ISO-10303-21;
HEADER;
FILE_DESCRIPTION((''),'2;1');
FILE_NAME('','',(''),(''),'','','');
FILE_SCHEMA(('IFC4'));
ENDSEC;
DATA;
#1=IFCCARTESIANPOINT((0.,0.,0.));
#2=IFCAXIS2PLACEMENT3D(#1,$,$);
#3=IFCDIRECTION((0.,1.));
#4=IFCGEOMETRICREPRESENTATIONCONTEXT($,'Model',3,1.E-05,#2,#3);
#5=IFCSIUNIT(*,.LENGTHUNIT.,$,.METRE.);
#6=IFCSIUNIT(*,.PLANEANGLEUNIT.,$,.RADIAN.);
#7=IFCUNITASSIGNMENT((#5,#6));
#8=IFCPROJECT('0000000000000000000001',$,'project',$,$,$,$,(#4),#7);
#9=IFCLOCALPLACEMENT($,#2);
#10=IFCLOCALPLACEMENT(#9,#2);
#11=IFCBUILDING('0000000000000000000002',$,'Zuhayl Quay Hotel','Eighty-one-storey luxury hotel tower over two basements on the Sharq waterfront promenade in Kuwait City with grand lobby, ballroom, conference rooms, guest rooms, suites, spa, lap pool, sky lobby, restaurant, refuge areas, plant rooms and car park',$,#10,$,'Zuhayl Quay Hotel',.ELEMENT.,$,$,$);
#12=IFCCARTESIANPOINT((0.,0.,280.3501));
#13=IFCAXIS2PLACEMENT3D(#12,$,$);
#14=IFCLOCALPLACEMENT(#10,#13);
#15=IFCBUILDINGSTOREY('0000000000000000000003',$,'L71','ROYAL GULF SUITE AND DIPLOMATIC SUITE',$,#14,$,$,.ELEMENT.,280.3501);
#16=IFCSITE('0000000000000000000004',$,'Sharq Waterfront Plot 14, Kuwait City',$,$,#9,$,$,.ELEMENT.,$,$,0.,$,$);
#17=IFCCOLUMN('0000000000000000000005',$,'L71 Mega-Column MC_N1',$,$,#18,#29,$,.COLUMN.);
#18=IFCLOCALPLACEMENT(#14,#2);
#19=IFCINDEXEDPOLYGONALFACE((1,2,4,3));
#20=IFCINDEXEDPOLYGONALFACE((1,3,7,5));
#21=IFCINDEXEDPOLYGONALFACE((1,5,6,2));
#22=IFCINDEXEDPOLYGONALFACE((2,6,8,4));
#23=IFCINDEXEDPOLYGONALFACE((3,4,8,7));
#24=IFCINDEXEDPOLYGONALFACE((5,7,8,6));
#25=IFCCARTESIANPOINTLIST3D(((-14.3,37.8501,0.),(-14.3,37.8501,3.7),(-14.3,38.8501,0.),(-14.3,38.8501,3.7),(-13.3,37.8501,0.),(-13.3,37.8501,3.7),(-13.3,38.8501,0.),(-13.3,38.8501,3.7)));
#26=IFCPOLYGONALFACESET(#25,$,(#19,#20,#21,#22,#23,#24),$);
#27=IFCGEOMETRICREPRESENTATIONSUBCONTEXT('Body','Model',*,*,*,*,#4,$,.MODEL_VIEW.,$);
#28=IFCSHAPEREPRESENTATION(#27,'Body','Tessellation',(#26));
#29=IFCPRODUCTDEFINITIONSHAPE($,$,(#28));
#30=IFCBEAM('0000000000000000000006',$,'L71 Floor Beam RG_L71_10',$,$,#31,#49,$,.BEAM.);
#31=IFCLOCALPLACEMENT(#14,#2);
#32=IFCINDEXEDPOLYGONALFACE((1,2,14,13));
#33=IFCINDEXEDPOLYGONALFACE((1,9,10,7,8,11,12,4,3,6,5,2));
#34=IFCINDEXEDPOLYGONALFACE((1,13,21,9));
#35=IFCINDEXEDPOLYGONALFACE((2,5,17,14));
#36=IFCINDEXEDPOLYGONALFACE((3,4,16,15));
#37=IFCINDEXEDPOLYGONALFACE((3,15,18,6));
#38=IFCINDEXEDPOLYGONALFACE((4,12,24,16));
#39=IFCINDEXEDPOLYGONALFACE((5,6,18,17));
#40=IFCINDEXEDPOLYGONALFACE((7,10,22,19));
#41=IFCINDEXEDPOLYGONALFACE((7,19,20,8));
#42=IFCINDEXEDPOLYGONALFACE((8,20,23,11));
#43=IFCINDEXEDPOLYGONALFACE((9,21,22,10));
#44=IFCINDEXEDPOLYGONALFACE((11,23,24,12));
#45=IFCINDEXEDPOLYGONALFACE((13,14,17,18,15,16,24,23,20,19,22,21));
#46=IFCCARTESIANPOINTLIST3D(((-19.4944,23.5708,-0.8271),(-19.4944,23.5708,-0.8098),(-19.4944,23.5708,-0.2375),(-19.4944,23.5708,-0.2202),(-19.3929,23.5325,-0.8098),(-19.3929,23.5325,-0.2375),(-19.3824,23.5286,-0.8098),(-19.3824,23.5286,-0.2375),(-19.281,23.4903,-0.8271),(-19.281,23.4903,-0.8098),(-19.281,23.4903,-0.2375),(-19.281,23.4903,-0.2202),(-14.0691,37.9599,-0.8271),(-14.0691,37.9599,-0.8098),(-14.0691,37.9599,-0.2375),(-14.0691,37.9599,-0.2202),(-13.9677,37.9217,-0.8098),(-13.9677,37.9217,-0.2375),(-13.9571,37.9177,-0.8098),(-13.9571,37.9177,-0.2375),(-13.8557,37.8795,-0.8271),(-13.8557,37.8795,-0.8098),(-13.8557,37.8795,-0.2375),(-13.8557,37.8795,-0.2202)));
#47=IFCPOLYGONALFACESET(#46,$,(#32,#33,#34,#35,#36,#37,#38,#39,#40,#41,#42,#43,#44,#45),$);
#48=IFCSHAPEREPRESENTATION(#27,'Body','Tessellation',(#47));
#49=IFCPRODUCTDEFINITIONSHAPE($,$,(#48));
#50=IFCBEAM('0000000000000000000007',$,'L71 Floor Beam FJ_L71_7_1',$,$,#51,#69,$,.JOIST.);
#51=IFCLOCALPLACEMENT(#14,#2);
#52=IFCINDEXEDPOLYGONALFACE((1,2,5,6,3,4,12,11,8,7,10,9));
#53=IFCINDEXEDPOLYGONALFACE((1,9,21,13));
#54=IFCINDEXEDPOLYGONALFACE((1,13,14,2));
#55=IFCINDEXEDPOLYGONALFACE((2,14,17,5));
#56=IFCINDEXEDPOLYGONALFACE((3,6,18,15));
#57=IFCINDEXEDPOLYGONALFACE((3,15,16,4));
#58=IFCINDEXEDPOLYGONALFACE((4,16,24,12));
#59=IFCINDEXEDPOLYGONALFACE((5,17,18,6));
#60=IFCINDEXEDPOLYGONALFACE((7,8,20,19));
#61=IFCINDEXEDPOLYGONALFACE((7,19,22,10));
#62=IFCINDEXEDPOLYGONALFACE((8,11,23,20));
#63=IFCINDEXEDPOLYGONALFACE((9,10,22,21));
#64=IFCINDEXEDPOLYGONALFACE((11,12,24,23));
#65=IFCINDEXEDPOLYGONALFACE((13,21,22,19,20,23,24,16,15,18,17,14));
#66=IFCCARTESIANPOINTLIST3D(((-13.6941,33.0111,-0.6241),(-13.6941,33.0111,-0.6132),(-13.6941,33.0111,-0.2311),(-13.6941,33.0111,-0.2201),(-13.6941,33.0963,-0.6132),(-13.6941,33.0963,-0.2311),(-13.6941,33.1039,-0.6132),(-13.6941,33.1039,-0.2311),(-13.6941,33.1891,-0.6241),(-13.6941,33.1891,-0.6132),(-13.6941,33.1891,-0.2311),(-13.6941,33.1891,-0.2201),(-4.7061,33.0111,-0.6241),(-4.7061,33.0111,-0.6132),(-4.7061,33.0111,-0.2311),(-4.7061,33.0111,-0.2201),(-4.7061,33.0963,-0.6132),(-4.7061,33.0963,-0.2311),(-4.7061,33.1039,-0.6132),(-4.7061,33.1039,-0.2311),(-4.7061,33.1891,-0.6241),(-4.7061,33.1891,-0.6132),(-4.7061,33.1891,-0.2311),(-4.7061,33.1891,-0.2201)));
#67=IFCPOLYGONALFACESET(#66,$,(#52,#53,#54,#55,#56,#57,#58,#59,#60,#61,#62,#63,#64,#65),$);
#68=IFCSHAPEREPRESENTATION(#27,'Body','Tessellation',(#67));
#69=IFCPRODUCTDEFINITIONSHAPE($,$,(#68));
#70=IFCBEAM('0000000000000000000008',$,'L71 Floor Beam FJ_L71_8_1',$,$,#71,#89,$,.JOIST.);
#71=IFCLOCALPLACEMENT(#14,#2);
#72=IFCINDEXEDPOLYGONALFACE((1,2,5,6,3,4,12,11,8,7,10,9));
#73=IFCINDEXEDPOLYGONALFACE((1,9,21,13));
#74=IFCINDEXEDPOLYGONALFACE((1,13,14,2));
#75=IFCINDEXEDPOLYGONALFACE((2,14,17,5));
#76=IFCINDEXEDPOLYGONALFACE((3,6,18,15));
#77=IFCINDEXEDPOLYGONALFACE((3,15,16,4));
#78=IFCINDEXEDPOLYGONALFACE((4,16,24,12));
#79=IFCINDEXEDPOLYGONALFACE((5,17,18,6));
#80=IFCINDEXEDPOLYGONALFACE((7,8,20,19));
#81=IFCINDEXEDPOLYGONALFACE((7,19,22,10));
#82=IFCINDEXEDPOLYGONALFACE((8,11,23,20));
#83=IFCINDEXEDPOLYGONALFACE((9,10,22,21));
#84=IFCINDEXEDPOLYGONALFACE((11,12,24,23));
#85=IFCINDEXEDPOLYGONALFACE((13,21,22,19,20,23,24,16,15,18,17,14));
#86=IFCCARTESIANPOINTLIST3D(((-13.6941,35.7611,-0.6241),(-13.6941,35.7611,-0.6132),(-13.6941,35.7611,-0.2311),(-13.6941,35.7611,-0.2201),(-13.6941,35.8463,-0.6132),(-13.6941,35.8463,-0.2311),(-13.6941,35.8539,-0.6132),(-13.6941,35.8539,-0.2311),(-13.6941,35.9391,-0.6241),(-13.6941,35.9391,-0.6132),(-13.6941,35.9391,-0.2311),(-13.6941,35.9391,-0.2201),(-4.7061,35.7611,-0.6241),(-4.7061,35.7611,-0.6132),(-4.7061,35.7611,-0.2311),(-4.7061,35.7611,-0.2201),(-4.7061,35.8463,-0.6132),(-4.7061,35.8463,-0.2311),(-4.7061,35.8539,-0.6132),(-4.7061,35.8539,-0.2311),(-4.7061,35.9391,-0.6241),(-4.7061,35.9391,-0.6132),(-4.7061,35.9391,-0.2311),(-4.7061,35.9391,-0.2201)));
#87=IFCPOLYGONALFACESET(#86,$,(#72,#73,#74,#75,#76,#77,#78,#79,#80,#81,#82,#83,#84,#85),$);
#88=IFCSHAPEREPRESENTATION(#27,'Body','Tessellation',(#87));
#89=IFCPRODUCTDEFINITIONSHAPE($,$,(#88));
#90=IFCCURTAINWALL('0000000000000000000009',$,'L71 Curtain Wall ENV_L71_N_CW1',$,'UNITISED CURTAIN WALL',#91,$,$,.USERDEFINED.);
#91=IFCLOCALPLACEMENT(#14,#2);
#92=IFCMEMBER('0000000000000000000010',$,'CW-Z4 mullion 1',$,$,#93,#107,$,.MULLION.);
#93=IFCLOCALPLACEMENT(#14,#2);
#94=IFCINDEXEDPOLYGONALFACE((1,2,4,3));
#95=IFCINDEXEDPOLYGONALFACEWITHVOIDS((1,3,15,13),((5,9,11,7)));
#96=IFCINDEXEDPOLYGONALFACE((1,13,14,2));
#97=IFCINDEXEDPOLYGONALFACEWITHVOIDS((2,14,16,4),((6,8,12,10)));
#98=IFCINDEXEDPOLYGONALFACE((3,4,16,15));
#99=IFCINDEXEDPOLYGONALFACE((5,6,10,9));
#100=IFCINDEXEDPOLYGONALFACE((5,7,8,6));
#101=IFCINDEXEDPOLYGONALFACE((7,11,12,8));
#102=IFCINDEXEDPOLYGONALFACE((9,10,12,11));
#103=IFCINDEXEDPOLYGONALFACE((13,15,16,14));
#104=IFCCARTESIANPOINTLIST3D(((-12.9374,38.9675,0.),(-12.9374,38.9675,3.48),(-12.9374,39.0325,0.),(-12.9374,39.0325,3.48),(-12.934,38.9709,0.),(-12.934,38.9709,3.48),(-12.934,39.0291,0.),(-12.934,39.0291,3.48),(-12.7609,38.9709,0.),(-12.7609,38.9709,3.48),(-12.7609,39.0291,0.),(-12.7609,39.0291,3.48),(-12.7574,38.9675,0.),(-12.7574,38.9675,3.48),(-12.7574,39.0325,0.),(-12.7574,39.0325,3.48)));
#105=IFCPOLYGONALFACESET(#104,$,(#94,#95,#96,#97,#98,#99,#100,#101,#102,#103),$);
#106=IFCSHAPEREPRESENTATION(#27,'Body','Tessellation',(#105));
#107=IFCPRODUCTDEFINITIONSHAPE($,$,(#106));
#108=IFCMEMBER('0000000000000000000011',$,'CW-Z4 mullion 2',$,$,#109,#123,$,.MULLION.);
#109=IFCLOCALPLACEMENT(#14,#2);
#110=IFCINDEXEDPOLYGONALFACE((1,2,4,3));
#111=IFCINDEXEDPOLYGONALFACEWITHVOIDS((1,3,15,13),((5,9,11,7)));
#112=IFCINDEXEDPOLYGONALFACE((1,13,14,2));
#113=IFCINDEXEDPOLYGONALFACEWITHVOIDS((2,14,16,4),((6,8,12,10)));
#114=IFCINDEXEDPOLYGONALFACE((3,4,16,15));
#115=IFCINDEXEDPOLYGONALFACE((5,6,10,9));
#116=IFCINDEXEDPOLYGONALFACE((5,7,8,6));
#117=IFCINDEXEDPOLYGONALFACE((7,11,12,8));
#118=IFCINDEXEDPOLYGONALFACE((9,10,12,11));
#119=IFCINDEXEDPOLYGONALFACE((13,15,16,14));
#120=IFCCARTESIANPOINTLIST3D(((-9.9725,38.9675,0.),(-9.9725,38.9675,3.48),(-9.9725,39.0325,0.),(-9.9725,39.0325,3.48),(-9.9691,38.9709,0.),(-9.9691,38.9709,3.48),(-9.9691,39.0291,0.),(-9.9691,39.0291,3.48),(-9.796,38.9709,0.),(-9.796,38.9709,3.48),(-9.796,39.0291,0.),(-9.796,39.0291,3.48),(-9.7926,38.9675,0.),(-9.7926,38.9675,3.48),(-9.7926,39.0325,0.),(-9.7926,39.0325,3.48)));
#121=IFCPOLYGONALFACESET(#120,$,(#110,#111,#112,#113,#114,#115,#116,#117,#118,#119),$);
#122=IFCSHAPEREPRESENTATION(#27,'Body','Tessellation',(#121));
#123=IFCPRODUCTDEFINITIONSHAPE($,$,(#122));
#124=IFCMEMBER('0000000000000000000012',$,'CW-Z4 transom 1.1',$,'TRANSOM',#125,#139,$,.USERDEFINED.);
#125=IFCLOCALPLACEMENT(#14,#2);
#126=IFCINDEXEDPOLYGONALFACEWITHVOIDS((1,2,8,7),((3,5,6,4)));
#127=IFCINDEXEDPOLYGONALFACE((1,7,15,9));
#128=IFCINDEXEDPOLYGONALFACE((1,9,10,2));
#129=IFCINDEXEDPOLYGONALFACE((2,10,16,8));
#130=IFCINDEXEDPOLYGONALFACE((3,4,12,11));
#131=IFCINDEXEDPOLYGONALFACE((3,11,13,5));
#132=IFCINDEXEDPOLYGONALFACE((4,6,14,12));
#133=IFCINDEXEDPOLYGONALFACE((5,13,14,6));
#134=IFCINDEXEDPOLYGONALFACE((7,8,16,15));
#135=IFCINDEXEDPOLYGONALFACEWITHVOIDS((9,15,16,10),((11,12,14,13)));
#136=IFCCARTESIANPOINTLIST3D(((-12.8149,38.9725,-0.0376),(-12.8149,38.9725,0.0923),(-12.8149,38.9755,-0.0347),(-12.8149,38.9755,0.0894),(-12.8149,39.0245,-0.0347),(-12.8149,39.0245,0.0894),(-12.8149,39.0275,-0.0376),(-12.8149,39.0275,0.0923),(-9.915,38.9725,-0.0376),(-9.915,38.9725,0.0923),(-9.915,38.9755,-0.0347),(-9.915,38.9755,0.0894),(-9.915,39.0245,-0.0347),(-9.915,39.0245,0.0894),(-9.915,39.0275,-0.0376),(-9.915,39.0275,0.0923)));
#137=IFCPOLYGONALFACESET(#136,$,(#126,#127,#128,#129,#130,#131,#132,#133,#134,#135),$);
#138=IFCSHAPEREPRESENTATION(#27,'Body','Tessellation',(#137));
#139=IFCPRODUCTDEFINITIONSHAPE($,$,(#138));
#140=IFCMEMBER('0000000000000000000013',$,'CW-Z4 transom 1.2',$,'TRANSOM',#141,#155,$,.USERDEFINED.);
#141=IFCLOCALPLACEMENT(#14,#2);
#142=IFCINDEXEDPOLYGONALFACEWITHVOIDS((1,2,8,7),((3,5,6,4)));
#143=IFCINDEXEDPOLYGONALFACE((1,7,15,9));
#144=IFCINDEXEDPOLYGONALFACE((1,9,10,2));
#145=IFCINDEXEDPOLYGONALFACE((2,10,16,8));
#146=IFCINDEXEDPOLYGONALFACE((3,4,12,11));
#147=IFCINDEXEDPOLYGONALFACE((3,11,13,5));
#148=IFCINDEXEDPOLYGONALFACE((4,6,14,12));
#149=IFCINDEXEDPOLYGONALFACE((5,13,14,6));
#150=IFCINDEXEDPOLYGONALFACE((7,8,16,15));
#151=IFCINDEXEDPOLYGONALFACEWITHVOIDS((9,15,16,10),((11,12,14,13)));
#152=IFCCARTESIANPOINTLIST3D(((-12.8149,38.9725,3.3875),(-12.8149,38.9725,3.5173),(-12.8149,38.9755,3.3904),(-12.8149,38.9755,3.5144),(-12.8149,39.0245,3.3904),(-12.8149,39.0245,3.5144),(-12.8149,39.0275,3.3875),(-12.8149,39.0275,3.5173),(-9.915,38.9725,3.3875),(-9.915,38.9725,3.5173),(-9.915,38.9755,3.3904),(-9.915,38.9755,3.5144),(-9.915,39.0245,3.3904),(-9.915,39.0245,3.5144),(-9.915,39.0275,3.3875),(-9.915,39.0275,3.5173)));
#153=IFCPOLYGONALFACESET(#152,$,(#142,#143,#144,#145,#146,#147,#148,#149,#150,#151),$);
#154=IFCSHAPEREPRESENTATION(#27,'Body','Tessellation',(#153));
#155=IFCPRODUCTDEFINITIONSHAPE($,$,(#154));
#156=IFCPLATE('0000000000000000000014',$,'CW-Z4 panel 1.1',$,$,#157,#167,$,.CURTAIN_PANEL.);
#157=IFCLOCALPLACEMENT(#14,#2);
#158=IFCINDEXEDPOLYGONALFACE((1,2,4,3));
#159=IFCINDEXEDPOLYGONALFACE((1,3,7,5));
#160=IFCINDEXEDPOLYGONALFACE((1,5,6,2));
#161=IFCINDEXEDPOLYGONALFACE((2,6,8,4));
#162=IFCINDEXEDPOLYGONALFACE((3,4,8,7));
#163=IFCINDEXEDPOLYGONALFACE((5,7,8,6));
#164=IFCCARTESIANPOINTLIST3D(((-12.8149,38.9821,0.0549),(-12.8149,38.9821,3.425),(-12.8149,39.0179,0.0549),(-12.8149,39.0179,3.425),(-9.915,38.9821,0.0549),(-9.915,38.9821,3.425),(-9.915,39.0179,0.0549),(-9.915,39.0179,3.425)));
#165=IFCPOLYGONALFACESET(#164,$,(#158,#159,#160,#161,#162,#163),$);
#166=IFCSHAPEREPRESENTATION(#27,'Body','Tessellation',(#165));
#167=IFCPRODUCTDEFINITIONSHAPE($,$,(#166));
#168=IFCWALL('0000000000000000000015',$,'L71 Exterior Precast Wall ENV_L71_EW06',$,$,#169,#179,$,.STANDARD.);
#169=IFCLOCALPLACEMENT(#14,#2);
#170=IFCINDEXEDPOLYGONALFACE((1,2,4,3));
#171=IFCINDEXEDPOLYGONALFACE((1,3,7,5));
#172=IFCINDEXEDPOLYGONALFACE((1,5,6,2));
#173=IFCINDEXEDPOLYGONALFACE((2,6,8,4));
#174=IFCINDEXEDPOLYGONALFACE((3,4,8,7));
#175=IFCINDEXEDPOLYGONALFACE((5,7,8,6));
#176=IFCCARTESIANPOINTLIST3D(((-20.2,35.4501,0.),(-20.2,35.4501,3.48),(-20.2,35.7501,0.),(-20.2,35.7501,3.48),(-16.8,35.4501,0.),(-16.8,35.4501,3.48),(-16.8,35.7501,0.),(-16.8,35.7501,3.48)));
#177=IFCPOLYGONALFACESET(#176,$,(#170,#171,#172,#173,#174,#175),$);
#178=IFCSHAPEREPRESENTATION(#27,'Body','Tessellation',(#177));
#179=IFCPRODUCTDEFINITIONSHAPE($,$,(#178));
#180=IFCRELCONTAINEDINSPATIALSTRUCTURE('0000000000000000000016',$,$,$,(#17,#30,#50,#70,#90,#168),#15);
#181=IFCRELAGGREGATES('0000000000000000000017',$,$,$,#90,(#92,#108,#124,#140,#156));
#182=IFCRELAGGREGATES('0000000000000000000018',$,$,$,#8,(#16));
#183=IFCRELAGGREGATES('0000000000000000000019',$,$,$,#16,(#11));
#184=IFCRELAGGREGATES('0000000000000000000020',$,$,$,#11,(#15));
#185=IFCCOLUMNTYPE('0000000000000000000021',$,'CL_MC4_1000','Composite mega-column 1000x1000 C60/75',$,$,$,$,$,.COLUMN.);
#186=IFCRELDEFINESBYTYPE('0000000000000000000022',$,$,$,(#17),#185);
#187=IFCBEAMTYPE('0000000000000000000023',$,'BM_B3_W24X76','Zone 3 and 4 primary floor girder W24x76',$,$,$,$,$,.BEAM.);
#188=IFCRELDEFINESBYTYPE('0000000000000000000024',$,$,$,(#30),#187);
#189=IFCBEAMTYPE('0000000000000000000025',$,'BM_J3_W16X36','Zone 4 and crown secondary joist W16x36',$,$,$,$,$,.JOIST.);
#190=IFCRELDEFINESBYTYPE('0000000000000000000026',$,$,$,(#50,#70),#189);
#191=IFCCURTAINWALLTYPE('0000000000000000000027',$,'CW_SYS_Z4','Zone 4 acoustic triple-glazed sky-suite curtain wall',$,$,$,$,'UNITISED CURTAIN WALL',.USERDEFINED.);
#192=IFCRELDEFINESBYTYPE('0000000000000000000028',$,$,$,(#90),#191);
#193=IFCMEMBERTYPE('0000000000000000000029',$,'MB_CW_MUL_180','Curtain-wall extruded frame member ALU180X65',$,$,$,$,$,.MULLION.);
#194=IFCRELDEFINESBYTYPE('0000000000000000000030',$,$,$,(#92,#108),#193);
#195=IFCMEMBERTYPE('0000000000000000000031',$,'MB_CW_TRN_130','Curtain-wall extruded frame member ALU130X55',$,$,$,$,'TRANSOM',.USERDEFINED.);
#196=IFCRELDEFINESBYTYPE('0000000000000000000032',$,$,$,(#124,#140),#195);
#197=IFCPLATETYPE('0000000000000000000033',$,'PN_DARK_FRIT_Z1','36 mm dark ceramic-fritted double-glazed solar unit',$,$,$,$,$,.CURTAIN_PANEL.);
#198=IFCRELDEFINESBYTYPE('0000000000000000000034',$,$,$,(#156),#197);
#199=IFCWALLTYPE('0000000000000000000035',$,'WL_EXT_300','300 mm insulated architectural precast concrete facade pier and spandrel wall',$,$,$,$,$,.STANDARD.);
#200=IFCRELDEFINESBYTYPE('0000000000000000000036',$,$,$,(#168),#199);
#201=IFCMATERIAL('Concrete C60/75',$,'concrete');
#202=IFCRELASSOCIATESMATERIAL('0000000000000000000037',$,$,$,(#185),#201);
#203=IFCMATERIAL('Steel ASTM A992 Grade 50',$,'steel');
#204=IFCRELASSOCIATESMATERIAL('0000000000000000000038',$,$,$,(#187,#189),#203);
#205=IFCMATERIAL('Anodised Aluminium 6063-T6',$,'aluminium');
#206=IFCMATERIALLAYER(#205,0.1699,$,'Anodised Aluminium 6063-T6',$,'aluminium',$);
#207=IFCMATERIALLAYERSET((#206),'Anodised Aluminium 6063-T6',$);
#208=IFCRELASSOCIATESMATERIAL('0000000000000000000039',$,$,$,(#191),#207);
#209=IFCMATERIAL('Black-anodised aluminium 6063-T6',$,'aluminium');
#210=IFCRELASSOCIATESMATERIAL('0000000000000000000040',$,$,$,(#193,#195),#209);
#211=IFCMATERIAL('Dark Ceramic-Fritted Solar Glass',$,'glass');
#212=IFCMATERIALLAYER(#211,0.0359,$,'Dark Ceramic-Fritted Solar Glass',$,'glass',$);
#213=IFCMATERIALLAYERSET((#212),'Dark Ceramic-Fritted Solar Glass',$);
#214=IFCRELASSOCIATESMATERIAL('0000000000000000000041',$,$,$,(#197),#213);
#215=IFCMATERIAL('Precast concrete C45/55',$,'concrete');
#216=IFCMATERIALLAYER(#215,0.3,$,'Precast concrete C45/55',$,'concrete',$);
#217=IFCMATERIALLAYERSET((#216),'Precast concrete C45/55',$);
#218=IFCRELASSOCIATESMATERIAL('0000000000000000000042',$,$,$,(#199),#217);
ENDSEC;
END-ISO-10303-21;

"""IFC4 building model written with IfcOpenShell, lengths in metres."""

from ifc_helpers import new_model, si_unit, direction, frame, frame_2d, origin, origin_2d, place, context, subcontext, project, spatial, rectangle, hollow_rectangle, i_section, extrude, material, layer, layer_set, material_profile, profile_set, type_object, element, aggregate, save


model = new_model("IFC4")

# Units and contexts
model_context = context("Model", 3, precision=1e-05, world=origin(), true_north=direction((0.0, 1.0)))
body_context = subcontext(model_context, "Body", "Model", "MODEL_VIEW")
ifc_project = project(units=[si_unit("LENGTHUNIT", "METRE"), si_unit("PLANEANGLEUNIT", "RADIAN")], contexts=[model_context])

# Site, building, storey
site_placement = place(None, origin())
site = spatial("IfcSite", under=ifc_project, at=site_placement, Name="Sharq Waterfront Plot 14, Kuwait City", CompositionType="ELEMENT", RefElevation=0.0)
building_placement = place(site_placement, origin())
building = spatial("IfcBuilding", under=site, at=building_placement, Name="Zuhayl Quay Hotel", Description="Eighty-one-storey luxury hotel tower over two basements on the Sharq waterfront promenade in Kuwait City with grand lobby, ballroom, conference rooms, guest rooms, suites, spa, lap pool, sky lobby, restaurant, refuge areas, plant rooms and car park", LongName="Zuhayl Quay Hotel", CompositionType="ELEMENT")
storey_placement = place(building_placement, frame((0.0, 0.0, 280.3501)))
storey = spatial("IfcBuildingStorey", under=building, at=storey_placement, Name="L71", Description="ROYAL GULF SUITE AND DIPLOMATIC SUITE", CompositionType="ELEMENT", Elevation=280.3501)

# Column
ifc_material_1 = material(Name="Concrete C60/75", Category="concrete")
ifc_material_profile_1 = material_profile(ifc_material_1, rectangle(XDim=1.0, YDim=1.0, at=origin_2d()), Name="RC1000X1000")
ifc_profile_set_1 = profile_set([ifc_material_profile_1], Name="Concrete C60/75")
column_type = type_object("IfcColumnType", Name="CL_MC4_1000", Description="Composite mega-column 1000x1000 C60/75", PredefinedType="COLUMN", material=ifc_profile_set_1)
column_placement = place(storey_placement, frame((-13.8, 38.3501, 0.0), z_axis=(0.0, 0.0, 1.0), x_axis=(1.0, 0.0, 0.0)))
element("IfcColumn", 1, at=column_placement, inside=storey, type_object=column_type, Name="L71 Mega-Column MC_N1", PredefinedType="COLUMN", context=body_context, shape_type="SweptSolid", body=[
    extrude(rectangle(XDim=1.0, YDim=1.0, at=origin_2d()), origin(), (0.0, 0.0, 1.0), 3.7),
])

# Beams
ifc_material_2 = material(Name="Steel ASTM A992 Grade 50", Category="steel")
ifc_material_profile_2 = material_profile(ifc_material_2, i_section(OverallWidth=0.228, OverallDepth=0.6069, WebThickness=0.0112, FlangeThickness=0.0173, at=origin_2d()), Name="W24X76")
ifc_profile_set_2 = profile_set([ifc_material_profile_2], Name="Steel ASTM A992 Grade 50")
beam_type_1 = type_object("IfcBeamType", Name="BM_B3_W24X76", Description="Zone 3 and 4 primary floor girder W24x76", PredefinedType="BEAM", material=ifc_profile_set_2)
beam_placement = place(storey_placement, frame((-13.9624, 37.9197, -0.5237), z_axis=(-0.352797, -0.9357, 0.0), x_axis=(0.9357, -0.352797, 0.0)))
element("IfcBeam", 2, at=beam_placement, inside=storey, type_object=beam_type_1, Name="L71 Floor Beam RG_L71_10", PredefinedType="BEAM", context=body_context, shape_type="SweptSolid", body=[
    extrude(i_section(OverallWidth=0.228, OverallDepth=0.6069, WebThickness=0.0112, FlangeThickness=0.0173, at=origin_2d()), origin(), (0.0, 0.0, 1.0), 15.3779),
])
ifc_material_profile_3 = material_profile(ifc_material_2, i_section(OverallWidth=0.178, OverallDepth=0.4041, WebThickness=0.0076, FlangeThickness=0.011, at=origin_2d()), Name="W16X36")
ifc_profile_set_3 = profile_set([ifc_material_profile_3], Name="Steel ASTM A992 Grade 50")
beam_type_2 = type_object("IfcBeamType", Name="BM_J3_W16X36", Description="Zone 4 and crown secondary joist W16x36", PredefinedType="JOIST", material=ifc_profile_set_3)
for number, where, z_axis, x_axis, name in (
    (3, (-13.6941, 33.1001, -0.4221), (1.0, 0.0, 0.0), (0.0, 1.0, 0.0), "L71 Floor Beam FJ_L71_7_1"),
    (4, (-13.6941, 35.8501, -0.4221), (1.0, 0.0, 0.0), (0.0, 1.0, 0.0), "L71 Floor Beam FJ_L71_8_1"),
):
    element("IfcBeam", number, at=place(storey_placement, frame(where, z_axis=z_axis, x_axis=x_axis)), inside=storey, type_object=beam_type_2, Name=name, PredefinedType="JOIST", context=body_context, shape_type="SweptSolid", body=[
        extrude(i_section(OverallWidth=0.178, OverallDepth=0.4041, WebThickness=0.0076, FlangeThickness=0.011, at=origin_2d()), origin(), (0.0, 0.0, 1.0), 8.988),
    ])

# Curtain wall, members, plate
ifc_material_3 = material(Name="Anodised Aluminium 6063-T6", Category="aluminium")
ifc_layer_1 = layer(ifc_material_3, 0.1699, Name="Anodised Aluminium 6063-T6", Category="aluminium")
ifc_layer_set_1 = layer_set([ifc_layer_1], Name="Anodised Aluminium 6063-T6")
curtain_wall_type = type_object("IfcCurtainWallType", Name="CW_SYS_Z4", Description="Zone 4 acoustic triple-glazed sky-suite curtain wall", ElementType="UNITISED CURTAIN WALL", PredefinedType="USERDEFINED", material=ifc_layer_set_1)
curtain_wall_placement = place(storey_placement, origin())
curtain_wall = element("IfcCurtainWall", 5, at=curtain_wall_placement, inside=storey, type_object=curtain_wall_type, Name="L71 Curtain Wall ENV_L71_N_CW1", ObjectType="UNITISED CURTAIN WALL", PredefinedType="USERDEFINED")
ifc_material_4 = material(Name="Black-anodised aluminium 6063-T6", Category="aluminium")
ifc_material_profile_4 = material_profile(ifc_material_4, hollow_rectangle(XDim=0.0649, YDim=0.1799, WallThickness=0.0034, at=origin_2d()), Name="ALU180X65")
ifc_profile_set_4 = profile_set([ifc_material_profile_4], Name="Black-anodised aluminium 6063-T6")
member_type_1 = type_object("IfcMemberType", Name="MB_CW_MUL_180", Description="Curtain-wall extruded frame member ALU180X65", PredefinedType="MULLION", material=ifc_profile_set_4)
member_1_placement = place(storey_placement, frame((-12.8474, 39.0, 0.0), z_axis=(0.0, 0.0, 1.0), x_axis=(0.0, 1.0, 0.0)))
member_1 = element("IfcMember", 6, at=member_1_placement, type_object=member_type_1, Name="CW-Z4 mullion 1", PredefinedType="MULLION", context=body_context, shape_type="SweptSolid", body=[
    extrude(hollow_rectangle(XDim=0.0649, YDim=0.1799, WallThickness=0.0034, at=origin_2d()), origin(), (0.0, 0.0, 1.0), 3.48),
])
member_2_placement = place(storey_placement, frame((-9.8826, 39.0, 0.0), z_axis=(0.0, 0.0, 1.0), x_axis=(0.0, 1.0, 0.0)))
member_2 = element("IfcMember", 7, at=member_2_placement, type_object=member_type_1, Name="CW-Z4 mullion 2", PredefinedType="MULLION", context=body_context, shape_type="SweptSolid", body=[
    extrude(hollow_rectangle(XDim=0.0649, YDim=0.1799, WallThickness=0.0034, at=origin_2d()), origin(), (0.0, 0.0, 1.0), 3.48),
])
ifc_material_profile_5 = material_profile(ifc_material_4, hollow_rectangle(XDim=0.0549, YDim=0.1299, WallThickness=0.0029, at=origin_2d()), Name="ALU130X55")
ifc_profile_set_5 = profile_set([ifc_material_profile_5], Name="Black-anodised aluminium 6063-T6")
member_type_2 = type_object("IfcMemberType", Name="MB_CW_TRN_130", Description="Curtain-wall extruded frame member ALU130X55", ElementType="TRANSOM", PredefinedType="USERDEFINED", material=ifc_profile_set_5)
member_3_placement = place(storey_placement, frame((-12.8149, 39.0, 0.0273), z_axis=(1.0, 0.0, 0.0), x_axis=(0.0, 1.0, 0.0)))
member_3 = element("IfcMember", 8, at=member_3_placement, type_object=member_type_2, Name="CW-Z4 transom 1.1", ObjectType="TRANSOM", PredefinedType="USERDEFINED", context=body_context, shape_type="SweptSolid", body=[
    extrude(hollow_rectangle(XDim=0.0549, YDim=0.1299, WallThickness=0.0029, at=origin_2d()), origin(), (0.0, 0.0, 1.0), 2.8999),
])
member_4_placement = place(storey_placement, frame((-12.8149, 39.0, 3.4524), z_axis=(1.0, 0.0, 0.0), x_axis=(0.0, 1.0, 0.0)))
member_4 = element("IfcMember", 9, at=member_4_placement, type_object=member_type_2, Name="CW-Z4 transom 1.2", ObjectType="TRANSOM", PredefinedType="USERDEFINED", context=body_context, shape_type="SweptSolid", body=[
    extrude(hollow_rectangle(XDim=0.0549, YDim=0.1299, WallThickness=0.0029, at=origin_2d()), origin(), (0.0, 0.0, 1.0), 2.8999),
])
ifc_material_5 = material(Name="Dark Ceramic-Fritted Solar Glass", Category="glass")
ifc_layer_2 = layer(ifc_material_5, 0.0359, Name="Dark Ceramic-Fritted Solar Glass", Category="glass")
ifc_layer_set_2 = layer_set([ifc_layer_2], Name="Dark Ceramic-Fritted Solar Glass")
plate_type = type_object("IfcPlateType", Name="PN_DARK_FRIT_Z1", Description="36 mm dark ceramic-fritted double-glazed solar unit", PredefinedType="CURTAIN_PANEL", material=ifc_layer_set_2)
plate_placement = place(storey_placement, frame((-11.365, 39.0, 0.0549), z_axis=(0.0, 0.0, 1.0), x_axis=(1.0, 0.0, 0.0)))
plate = element("IfcPlate", 10, at=plate_placement, type_object=plate_type, Name="CW-Z4 panel 1.1", PredefinedType="CURTAIN_PANEL", context=body_context, shape_type="SweptSolid", body=[
    extrude(rectangle(XDim=2.8999, YDim=0.0359, at=origin_2d()), origin(), (0.0, 0.0, 1.0), 3.3701),
])
aggregate(curtain_wall, [member_1, member_2, member_3, member_4, plate])

# Wall
ifc_material_6 = material(Name="Precast concrete C45/55", Category="concrete")
ifc_layer_3 = layer(ifc_material_6, 0.3, Name="Precast concrete C45/55", Category="concrete")
ifc_layer_set_3 = layer_set([ifc_layer_3], Name="Precast concrete C45/55")
wall_type_1 = type_object("IfcWallType", Name="WL_EXT_300", Description="300 mm insulated architectural precast concrete facade pier and spandrel wall", PredefinedType="STANDARD", material=ifc_layer_set_3)
for number, where, z_axis, x_axis, name in (
    (11, (-20.2, 35.6001, 0.0), (0.0, 0.0, 1.0), (1.0, 0.0, 0.0), "L71 Exterior Precast Wall ENV_L71_EW06"),
):
    element("IfcWall", number, at=place(storey_placement, frame(where, z_axis=z_axis, x_axis=x_axis)), inside=storey, type_object=wall_type_1, Name=name, PredefinedType="STANDARD", context=body_context, shape_type="SweptSolid", body=[
        extrude(rectangle(XDim=3.3999, YDim=0.3, at=frame_2d((1.7, 0.0))), origin(), (0.0, 0.0, 1.0), 3.48),
    ])

save(model, "model.ifc")
